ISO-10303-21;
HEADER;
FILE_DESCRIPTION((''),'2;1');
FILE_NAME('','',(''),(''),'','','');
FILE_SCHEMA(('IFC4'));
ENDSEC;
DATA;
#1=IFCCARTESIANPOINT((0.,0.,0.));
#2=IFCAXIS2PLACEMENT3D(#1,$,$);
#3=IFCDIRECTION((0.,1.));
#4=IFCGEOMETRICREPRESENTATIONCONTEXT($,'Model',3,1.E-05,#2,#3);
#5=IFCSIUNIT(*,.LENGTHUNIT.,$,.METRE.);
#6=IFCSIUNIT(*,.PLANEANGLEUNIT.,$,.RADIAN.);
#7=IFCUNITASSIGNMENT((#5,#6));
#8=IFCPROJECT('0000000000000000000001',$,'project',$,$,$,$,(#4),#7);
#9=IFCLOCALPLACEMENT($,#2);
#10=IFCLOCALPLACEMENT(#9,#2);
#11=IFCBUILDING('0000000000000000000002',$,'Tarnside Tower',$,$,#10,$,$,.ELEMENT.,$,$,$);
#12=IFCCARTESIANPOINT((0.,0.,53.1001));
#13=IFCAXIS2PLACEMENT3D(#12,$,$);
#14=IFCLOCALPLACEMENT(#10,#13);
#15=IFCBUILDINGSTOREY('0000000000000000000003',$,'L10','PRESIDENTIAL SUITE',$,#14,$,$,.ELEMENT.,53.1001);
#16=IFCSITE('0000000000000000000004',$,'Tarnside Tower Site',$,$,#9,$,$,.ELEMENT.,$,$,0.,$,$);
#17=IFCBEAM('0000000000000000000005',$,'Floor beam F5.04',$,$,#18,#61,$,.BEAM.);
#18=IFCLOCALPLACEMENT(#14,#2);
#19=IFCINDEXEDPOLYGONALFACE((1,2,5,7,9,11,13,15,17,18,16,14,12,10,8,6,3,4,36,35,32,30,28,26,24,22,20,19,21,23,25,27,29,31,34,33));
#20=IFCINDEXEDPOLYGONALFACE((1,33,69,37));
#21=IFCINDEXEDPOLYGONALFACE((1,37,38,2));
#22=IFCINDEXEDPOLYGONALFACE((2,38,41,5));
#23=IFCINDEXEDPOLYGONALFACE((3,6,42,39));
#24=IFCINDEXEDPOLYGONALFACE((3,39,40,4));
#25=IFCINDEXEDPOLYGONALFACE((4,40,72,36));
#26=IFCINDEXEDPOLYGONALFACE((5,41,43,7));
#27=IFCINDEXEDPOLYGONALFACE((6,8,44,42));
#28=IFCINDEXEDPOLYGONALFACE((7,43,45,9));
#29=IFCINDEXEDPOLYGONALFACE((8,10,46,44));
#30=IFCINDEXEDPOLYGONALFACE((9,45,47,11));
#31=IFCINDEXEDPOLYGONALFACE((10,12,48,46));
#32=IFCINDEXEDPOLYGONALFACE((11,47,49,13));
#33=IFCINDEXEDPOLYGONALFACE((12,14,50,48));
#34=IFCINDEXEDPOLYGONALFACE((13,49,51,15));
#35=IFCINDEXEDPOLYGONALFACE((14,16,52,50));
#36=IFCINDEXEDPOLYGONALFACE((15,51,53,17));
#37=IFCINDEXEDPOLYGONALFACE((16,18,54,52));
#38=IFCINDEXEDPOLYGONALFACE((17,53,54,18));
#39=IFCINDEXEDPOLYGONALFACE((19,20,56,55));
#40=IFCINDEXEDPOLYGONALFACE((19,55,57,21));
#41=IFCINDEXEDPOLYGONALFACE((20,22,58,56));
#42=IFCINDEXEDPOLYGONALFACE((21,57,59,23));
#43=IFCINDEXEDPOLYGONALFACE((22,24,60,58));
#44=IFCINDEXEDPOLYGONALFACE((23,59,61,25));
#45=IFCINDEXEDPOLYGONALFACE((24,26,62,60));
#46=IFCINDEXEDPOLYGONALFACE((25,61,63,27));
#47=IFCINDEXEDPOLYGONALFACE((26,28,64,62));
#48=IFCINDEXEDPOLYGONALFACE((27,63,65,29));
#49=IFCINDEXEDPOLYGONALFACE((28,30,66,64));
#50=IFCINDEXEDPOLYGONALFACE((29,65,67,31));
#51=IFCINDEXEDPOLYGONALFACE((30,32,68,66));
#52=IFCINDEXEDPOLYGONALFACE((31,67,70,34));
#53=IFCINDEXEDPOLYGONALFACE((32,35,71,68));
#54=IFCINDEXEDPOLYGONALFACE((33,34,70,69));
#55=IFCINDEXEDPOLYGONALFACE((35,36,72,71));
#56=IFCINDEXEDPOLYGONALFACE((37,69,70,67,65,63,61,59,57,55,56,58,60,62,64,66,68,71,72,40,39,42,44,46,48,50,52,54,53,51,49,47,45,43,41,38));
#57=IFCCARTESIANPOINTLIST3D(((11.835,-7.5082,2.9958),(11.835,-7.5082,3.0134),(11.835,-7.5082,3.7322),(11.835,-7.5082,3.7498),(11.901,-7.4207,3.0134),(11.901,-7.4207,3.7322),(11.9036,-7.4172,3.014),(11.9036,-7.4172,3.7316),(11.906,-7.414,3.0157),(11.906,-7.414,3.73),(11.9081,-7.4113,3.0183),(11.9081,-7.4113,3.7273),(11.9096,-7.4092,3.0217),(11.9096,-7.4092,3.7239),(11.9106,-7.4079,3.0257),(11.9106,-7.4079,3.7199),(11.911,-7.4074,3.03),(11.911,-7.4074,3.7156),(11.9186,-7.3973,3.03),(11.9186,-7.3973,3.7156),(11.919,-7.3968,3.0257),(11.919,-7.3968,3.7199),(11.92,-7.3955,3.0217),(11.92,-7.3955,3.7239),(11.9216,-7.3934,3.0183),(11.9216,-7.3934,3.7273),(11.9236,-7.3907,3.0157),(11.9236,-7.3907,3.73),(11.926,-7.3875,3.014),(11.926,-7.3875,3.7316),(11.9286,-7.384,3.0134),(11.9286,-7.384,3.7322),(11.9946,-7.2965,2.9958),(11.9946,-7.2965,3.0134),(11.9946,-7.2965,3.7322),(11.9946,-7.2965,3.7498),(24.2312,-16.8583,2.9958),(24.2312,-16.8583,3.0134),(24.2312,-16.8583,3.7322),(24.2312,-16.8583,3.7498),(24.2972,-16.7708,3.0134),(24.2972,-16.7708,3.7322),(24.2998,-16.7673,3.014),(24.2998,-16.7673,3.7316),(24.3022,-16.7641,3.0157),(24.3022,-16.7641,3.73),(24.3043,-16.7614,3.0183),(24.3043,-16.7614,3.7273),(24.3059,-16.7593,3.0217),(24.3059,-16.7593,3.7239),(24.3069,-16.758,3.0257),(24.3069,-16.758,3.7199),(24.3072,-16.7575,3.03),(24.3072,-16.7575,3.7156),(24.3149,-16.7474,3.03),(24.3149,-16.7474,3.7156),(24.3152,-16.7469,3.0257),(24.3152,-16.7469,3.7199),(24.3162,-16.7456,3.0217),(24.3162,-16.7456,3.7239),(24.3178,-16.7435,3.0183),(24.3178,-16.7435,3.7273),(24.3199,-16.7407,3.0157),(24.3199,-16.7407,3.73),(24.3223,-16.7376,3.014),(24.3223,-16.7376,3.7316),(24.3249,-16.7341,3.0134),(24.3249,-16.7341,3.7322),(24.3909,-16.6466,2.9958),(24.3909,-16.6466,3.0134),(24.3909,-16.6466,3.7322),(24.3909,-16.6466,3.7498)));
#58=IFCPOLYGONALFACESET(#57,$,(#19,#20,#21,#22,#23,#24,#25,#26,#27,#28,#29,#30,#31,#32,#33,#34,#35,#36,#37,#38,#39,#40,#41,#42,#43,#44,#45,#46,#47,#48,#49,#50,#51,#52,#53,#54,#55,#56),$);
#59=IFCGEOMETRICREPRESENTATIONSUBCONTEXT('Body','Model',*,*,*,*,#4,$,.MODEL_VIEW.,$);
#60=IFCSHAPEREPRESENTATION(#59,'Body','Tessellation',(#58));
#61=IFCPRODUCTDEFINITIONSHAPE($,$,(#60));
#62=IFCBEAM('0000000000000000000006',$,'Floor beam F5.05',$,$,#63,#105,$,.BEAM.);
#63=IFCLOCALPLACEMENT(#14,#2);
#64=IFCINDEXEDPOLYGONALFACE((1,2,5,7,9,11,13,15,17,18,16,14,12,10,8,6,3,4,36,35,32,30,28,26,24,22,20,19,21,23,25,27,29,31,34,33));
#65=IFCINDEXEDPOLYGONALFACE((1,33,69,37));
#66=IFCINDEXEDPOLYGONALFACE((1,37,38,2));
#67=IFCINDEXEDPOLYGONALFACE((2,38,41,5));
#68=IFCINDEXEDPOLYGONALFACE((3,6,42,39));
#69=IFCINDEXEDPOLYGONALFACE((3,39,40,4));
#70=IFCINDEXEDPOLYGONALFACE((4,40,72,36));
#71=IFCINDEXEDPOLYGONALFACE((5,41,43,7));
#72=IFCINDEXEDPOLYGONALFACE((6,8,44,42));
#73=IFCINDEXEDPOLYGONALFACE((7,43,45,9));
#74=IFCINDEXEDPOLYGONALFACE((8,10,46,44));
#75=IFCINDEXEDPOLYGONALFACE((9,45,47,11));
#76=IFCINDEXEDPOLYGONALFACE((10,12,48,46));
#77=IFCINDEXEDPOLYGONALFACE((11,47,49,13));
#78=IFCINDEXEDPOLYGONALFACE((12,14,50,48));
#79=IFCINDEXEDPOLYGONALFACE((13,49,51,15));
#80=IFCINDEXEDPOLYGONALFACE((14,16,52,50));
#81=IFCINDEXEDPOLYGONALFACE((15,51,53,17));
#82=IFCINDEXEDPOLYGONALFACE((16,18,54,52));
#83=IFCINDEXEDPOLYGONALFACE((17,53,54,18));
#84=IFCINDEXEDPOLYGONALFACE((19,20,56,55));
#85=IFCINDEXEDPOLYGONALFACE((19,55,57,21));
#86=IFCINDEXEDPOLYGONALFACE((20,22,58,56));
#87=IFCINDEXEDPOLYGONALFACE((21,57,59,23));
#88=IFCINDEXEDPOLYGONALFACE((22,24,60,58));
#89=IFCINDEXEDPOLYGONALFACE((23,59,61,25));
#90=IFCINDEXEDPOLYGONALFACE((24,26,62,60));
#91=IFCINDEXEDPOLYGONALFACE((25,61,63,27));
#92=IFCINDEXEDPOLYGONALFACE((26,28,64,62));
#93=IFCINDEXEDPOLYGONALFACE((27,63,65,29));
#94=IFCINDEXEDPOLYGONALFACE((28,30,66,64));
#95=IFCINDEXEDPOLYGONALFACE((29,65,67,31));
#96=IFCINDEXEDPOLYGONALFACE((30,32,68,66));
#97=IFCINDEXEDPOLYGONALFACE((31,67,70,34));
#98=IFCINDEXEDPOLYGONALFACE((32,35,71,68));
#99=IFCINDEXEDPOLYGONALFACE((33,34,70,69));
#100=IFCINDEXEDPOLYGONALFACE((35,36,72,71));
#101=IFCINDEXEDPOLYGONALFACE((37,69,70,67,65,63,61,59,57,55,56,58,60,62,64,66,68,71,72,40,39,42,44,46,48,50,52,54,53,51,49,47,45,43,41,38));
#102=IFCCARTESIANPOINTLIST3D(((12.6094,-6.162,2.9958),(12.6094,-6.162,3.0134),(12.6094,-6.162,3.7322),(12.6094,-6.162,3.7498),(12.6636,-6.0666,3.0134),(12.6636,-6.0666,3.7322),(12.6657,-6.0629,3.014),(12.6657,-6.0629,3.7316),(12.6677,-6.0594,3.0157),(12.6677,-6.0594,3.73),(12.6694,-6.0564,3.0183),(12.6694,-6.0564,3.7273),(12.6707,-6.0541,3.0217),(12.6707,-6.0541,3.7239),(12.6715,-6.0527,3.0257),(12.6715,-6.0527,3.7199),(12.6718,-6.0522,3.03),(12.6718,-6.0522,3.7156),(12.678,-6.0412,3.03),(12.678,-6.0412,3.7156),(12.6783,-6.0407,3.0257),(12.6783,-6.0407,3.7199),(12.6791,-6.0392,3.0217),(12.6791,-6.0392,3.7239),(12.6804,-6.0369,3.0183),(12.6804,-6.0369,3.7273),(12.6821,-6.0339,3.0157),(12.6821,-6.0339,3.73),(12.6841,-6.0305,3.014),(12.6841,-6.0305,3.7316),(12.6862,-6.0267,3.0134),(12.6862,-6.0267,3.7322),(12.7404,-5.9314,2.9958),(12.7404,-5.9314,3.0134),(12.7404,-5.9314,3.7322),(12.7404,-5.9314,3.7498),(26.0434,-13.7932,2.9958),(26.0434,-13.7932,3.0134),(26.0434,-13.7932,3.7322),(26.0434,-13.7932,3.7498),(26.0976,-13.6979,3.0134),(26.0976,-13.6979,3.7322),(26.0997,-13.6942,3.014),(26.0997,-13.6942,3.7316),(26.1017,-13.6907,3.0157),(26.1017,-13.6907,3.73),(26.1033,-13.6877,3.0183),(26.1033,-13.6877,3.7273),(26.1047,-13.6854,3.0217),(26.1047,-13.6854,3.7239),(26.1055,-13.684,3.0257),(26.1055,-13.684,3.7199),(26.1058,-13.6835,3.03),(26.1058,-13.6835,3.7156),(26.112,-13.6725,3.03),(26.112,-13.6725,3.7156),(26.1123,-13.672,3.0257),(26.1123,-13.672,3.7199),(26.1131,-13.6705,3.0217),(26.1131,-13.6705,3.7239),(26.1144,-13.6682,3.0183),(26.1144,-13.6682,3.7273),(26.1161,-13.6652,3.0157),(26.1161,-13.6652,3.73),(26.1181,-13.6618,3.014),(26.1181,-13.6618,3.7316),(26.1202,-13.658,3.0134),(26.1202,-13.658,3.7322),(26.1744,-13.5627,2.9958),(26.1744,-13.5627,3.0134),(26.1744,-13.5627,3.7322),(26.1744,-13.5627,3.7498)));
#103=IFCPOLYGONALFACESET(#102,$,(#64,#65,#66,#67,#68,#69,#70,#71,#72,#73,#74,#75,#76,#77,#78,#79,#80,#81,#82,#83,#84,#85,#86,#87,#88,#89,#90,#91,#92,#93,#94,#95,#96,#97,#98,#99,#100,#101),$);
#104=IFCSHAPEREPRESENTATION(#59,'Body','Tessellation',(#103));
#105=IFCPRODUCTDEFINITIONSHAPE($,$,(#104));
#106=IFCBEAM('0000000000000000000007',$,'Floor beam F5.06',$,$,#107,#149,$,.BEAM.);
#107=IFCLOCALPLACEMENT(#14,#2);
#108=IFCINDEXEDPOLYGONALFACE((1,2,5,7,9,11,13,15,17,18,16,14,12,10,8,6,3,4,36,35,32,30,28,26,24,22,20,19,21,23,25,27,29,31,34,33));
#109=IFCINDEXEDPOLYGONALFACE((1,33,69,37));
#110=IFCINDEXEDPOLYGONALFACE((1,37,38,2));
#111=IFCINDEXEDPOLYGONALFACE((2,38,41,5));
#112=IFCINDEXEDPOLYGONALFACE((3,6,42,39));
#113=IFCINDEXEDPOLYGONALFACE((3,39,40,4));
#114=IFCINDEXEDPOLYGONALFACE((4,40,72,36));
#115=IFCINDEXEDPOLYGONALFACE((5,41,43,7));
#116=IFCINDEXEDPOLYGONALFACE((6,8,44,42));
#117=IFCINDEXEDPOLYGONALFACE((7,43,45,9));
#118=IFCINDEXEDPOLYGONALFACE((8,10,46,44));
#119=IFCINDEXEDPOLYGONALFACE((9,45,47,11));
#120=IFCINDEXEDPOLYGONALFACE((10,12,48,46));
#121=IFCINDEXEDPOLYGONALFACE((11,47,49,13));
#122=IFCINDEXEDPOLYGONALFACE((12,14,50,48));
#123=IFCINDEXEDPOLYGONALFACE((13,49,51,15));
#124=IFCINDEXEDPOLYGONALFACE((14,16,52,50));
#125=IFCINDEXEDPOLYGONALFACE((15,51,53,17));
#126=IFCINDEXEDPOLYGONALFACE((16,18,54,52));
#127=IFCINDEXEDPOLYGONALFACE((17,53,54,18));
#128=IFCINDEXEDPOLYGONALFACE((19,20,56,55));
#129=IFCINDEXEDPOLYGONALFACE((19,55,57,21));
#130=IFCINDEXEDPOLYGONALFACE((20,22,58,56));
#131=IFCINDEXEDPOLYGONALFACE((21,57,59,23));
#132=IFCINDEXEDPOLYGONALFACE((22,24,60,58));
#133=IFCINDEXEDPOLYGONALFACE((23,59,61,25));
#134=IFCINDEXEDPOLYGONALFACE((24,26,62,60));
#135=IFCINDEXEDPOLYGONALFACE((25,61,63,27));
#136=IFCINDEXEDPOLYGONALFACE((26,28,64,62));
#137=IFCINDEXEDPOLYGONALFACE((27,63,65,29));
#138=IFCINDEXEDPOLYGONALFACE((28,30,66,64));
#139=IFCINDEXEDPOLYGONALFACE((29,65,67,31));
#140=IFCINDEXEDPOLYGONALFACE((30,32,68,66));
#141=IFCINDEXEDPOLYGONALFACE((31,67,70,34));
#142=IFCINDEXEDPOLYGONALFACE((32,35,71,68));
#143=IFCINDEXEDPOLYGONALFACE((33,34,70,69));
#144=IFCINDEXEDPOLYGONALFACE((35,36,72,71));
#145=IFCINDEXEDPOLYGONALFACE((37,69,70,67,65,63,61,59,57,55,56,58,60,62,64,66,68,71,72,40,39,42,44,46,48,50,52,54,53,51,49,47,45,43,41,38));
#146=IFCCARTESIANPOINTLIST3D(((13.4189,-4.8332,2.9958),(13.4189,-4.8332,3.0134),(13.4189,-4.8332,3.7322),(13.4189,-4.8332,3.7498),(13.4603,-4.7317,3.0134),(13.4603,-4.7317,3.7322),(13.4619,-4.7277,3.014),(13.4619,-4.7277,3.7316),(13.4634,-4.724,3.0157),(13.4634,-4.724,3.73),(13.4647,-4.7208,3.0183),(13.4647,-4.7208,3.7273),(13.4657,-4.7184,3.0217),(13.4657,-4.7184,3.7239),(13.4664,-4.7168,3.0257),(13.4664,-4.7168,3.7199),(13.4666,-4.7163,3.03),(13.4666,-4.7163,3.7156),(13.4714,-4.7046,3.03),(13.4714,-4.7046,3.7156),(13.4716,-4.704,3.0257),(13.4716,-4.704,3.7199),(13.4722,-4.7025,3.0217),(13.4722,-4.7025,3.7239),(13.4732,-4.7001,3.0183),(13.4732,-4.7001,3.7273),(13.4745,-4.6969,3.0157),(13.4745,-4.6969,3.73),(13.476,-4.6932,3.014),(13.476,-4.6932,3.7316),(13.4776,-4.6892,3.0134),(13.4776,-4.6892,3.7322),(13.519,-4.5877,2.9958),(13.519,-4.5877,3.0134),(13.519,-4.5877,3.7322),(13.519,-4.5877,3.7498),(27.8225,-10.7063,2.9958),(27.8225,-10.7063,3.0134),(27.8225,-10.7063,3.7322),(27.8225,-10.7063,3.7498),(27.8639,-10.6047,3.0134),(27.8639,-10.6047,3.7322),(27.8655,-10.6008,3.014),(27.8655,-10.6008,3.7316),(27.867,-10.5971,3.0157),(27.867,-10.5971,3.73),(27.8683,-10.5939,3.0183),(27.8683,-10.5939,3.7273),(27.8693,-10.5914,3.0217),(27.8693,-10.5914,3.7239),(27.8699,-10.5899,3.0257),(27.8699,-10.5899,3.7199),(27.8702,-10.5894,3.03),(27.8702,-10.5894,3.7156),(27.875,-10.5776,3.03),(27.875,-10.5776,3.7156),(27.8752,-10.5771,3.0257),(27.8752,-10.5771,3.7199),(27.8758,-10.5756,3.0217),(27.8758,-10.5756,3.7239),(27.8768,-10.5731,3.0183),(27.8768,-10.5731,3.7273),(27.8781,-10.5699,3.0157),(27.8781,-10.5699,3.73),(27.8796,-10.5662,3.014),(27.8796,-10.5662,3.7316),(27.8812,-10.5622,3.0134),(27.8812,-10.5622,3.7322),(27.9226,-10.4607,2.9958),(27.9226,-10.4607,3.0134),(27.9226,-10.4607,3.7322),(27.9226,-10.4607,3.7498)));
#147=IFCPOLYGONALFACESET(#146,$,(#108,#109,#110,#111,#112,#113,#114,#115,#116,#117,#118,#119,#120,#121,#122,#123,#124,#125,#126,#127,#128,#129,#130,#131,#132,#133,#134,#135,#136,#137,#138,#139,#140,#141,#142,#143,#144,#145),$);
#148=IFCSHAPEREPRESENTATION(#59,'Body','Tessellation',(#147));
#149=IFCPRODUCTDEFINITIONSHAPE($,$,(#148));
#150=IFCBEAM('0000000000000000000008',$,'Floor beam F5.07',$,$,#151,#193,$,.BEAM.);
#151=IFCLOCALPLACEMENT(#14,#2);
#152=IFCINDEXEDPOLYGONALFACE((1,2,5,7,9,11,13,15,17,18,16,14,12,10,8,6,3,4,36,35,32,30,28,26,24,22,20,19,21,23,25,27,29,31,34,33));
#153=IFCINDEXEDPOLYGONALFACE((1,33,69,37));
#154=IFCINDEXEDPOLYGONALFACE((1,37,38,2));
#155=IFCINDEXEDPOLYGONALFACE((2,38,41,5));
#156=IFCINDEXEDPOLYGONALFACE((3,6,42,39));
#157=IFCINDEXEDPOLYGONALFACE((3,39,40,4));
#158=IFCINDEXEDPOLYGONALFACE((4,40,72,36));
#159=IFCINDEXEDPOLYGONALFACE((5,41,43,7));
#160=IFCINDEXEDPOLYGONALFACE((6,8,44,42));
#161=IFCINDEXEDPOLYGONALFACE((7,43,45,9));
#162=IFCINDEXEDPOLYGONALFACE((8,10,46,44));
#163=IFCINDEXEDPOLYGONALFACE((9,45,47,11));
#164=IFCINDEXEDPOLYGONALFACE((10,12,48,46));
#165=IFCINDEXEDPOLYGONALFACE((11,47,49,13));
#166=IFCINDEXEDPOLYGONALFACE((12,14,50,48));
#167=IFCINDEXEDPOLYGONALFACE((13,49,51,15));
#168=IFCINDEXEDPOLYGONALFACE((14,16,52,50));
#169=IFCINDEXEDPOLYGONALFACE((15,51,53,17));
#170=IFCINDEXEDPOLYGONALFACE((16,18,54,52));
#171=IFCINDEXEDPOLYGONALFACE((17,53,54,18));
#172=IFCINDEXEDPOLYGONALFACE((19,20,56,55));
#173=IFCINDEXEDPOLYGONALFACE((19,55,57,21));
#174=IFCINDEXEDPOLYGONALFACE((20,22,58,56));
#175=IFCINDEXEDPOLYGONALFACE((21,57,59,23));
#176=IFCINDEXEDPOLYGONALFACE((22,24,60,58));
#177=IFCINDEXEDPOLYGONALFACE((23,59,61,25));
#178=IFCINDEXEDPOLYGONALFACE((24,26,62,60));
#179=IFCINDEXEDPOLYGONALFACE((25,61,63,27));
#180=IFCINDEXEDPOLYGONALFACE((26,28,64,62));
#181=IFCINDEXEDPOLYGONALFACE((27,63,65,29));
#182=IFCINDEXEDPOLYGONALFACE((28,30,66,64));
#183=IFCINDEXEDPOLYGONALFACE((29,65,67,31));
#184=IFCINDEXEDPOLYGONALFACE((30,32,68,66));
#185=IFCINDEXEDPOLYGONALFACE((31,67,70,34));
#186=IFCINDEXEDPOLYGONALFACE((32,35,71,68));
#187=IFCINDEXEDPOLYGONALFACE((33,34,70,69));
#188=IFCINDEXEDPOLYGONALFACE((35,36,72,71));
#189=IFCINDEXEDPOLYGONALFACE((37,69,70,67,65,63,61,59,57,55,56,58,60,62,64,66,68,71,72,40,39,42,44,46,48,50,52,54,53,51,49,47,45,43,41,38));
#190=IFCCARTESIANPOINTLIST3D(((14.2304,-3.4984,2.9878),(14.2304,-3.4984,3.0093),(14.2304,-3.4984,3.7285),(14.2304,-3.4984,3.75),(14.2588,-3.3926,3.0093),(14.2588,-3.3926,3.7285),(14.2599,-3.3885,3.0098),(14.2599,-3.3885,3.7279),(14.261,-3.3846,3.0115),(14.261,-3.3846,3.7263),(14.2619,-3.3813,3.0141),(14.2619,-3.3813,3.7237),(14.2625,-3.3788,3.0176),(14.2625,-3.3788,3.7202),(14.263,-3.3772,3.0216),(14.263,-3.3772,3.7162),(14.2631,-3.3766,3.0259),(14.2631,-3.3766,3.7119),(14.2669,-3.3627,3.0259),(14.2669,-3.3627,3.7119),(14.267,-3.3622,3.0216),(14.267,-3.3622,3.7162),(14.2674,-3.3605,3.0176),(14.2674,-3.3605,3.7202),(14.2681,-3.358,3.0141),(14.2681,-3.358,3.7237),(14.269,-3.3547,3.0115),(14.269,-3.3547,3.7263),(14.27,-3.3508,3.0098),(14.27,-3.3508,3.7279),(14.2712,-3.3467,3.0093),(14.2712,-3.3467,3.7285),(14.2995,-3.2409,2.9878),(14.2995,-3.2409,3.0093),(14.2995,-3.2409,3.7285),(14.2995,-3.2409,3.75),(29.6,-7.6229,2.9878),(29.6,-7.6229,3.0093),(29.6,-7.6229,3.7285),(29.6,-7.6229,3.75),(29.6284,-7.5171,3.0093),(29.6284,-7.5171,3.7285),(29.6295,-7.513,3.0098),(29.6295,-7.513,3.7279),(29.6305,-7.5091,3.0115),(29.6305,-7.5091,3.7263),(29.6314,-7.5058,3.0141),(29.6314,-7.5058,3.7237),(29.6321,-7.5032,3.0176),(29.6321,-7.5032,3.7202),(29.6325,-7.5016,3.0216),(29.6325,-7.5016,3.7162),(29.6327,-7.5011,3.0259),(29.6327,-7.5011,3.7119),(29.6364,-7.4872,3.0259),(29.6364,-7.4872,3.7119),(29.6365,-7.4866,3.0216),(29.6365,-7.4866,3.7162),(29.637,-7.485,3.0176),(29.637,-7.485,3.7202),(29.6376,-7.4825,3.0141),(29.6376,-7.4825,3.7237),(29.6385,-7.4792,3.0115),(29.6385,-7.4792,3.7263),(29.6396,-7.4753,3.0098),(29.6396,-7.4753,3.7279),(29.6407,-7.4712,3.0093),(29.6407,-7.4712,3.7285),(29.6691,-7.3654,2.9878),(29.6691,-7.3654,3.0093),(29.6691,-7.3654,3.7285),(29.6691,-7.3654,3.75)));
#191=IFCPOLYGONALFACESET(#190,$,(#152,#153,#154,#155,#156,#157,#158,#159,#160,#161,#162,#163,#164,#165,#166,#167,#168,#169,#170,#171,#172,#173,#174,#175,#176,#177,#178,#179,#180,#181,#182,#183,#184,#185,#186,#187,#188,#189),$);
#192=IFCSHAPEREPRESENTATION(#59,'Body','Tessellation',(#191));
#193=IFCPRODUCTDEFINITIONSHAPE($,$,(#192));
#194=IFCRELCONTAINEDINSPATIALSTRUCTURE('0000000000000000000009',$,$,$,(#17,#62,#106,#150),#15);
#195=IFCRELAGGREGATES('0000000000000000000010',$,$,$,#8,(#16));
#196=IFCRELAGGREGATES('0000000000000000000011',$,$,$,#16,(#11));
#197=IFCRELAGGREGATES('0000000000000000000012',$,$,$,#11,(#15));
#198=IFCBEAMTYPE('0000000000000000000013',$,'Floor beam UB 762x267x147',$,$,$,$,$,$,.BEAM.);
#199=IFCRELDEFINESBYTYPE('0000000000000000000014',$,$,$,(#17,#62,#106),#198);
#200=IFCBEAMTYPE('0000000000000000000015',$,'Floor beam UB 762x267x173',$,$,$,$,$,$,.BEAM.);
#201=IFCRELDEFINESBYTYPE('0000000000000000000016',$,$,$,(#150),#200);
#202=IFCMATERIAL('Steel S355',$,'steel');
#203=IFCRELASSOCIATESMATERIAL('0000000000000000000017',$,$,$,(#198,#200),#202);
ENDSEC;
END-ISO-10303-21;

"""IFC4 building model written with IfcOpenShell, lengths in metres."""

from ifc_helpers import new_model, si_unit, direction, frame, origin, origin_2d, place, context, subcontext, project, spatial, i_section, extrude, material, material_profile, profile_set, type_object, element, save


model = new_model("IFC4")

# Units and contexts
model_context = context("Model", 3, precision=1e-05, world=origin(), true_north=direction((0.0, 1.0)))
body_context = subcontext(model_context, "Body", "Model", "MODEL_VIEW")
ifc_project = project(units=[si_unit("LENGTHUNIT", "METRE"), si_unit("PLANEANGLEUNIT", "RADIAN")], contexts=[model_context])

# Site, building, storey
site_placement = place(None, origin())
site = spatial("IfcSite", under=ifc_project, at=site_placement, Name="Tarnside Tower Site", CompositionType="ELEMENT", RefElevation=0.0)
building_placement = place(site_placement, origin())
building = spatial("IfcBuilding", under=site, at=building_placement, Name="Tarnside Tower", CompositionType="ELEMENT")
storey_placement = place(building_placement, frame((0.0, 0.0, 53.1001)))
storey = spatial("IfcBuildingStorey", under=building, at=storey_placement, Name="L10", Description="PRESIDENTIAL SUITE", CompositionType="ELEMENT", Elevation=53.1001)

# Beams
ifc_material_1 = material(Name="Steel S355", Category="steel")
ifc_material_profile_1 = material_profile(ifc_material_1, i_section(OverallWidth=0.2651, OverallDepth=0.7539, WebThickness=0.0127, FlangeThickness=0.0176, FilletRadius=0.0166, at=origin_2d()), Name="UB 762x267x147")
ifc_profile_set_1 = profile_set([ifc_material_profile_1], Name="Steel S355")
beam_type_1 = type_object("IfcBeamType", Name="Floor beam UB 762x267x147", PredefinedType="BEAM", material=ifc_profile_set_1)
beam_1_placement = place(storey_placement, frame((24.311, -16.7524, 3.3728), z_axis=(-0.798361, 0.602179, 0.0), x_axis=(-0.602179, -0.798361, 0.0)))
element("IfcBeam", 1, at=beam_1_placement, inside=storey, type_object=beam_type_1, Name="Floor beam F5.04", PredefinedType="BEAM", context=body_context, shape_type="SweptSolid", body=[
    extrude(i_section(OverallWidth=0.2651, OverallDepth=0.7539, WebThickness=0.0127, FlangeThickness=0.0176, FilletRadius=0.0166, at=origin_2d()), origin(), (0.0, 0.0, 1.0), 15.5271),
])
beam_2_placement = place(storey_placement, frame((26.1089, -13.678, 3.3728), z_axis=(-0.869503, 0.493929, 0.0), x_axis=(-0.493929, -0.869503, 0.0)))
element("IfcBeam", 2, at=beam_2_placement, inside=storey, type_object=beam_type_1, Name="Floor beam F5.05", PredefinedType="BEAM", context=body_context, shape_type="SweptSolid", body=[
    extrude(i_section(OverallWidth=0.2651, OverallDepth=0.7539, WebThickness=0.0127, FlangeThickness=0.0176, FilletRadius=0.0166, at=origin_2d()), origin(), (0.0, 0.0, 1.0), 15.4502),
])
beam_3_placement = place(storey_placement, frame((27.8726, -10.5835, 3.3728), z_axis=(-0.925982, 0.377569, 0.0), x_axis=(-0.377569, -0.925982, 0.0)))
element("IfcBeam", 3, at=beam_3_placement, inside=storey, type_object=beam_type_1, Name="Floor beam F5.06", PredefinedType="BEAM", context=body_context, shape_type="SweptSolid", body=[
    extrude(i_section(OverallWidth=0.2651, OverallDepth=0.7539, WebThickness=0.0127, FlangeThickness=0.0176, FilletRadius=0.0166, at=origin_2d()), origin(), (0.0, 0.0, 1.0), 15.5549),
])
ifc_material_profile_2 = material_profile(ifc_material_1, i_section(OverallWidth=0.2666, OverallDepth=0.7622, WebThickness=0.0144, FlangeThickness=0.0215, FilletRadius=0.0166, at=origin_2d()), Name="UB 762x267x173")
ifc_profile_set_2 = profile_set([ifc_material_profile_2], Name="Steel S355")
beam_type_2 = type_object("IfcBeamType", Name="Floor beam UB 762x267x173", PredefinedType="BEAM", material=ifc_profile_set_2)
beam_4_placement = place(storey_placement, frame((29.6345, -7.4941, 3.3689), z_axis=(-0.965828, 0.259184, 0.0), x_axis=(-0.259184, -0.965828, 0.0)))
element("IfcBeam", 4, at=beam_4_placement, inside=storey, type_object=beam_type_2, Name="Floor beam F5.07", PredefinedType="BEAM", context=body_context, shape_type="SweptSolid", body=[
    extrude(i_section(OverallWidth=0.2666, OverallDepth=0.7622, WebThickness=0.0144, FlangeThickness=0.0215, FilletRadius=0.0166, at=origin_2d()), origin(), (0.0, 0.0, 1.0), 15.9133),
])

save(model, "model.ifc")
